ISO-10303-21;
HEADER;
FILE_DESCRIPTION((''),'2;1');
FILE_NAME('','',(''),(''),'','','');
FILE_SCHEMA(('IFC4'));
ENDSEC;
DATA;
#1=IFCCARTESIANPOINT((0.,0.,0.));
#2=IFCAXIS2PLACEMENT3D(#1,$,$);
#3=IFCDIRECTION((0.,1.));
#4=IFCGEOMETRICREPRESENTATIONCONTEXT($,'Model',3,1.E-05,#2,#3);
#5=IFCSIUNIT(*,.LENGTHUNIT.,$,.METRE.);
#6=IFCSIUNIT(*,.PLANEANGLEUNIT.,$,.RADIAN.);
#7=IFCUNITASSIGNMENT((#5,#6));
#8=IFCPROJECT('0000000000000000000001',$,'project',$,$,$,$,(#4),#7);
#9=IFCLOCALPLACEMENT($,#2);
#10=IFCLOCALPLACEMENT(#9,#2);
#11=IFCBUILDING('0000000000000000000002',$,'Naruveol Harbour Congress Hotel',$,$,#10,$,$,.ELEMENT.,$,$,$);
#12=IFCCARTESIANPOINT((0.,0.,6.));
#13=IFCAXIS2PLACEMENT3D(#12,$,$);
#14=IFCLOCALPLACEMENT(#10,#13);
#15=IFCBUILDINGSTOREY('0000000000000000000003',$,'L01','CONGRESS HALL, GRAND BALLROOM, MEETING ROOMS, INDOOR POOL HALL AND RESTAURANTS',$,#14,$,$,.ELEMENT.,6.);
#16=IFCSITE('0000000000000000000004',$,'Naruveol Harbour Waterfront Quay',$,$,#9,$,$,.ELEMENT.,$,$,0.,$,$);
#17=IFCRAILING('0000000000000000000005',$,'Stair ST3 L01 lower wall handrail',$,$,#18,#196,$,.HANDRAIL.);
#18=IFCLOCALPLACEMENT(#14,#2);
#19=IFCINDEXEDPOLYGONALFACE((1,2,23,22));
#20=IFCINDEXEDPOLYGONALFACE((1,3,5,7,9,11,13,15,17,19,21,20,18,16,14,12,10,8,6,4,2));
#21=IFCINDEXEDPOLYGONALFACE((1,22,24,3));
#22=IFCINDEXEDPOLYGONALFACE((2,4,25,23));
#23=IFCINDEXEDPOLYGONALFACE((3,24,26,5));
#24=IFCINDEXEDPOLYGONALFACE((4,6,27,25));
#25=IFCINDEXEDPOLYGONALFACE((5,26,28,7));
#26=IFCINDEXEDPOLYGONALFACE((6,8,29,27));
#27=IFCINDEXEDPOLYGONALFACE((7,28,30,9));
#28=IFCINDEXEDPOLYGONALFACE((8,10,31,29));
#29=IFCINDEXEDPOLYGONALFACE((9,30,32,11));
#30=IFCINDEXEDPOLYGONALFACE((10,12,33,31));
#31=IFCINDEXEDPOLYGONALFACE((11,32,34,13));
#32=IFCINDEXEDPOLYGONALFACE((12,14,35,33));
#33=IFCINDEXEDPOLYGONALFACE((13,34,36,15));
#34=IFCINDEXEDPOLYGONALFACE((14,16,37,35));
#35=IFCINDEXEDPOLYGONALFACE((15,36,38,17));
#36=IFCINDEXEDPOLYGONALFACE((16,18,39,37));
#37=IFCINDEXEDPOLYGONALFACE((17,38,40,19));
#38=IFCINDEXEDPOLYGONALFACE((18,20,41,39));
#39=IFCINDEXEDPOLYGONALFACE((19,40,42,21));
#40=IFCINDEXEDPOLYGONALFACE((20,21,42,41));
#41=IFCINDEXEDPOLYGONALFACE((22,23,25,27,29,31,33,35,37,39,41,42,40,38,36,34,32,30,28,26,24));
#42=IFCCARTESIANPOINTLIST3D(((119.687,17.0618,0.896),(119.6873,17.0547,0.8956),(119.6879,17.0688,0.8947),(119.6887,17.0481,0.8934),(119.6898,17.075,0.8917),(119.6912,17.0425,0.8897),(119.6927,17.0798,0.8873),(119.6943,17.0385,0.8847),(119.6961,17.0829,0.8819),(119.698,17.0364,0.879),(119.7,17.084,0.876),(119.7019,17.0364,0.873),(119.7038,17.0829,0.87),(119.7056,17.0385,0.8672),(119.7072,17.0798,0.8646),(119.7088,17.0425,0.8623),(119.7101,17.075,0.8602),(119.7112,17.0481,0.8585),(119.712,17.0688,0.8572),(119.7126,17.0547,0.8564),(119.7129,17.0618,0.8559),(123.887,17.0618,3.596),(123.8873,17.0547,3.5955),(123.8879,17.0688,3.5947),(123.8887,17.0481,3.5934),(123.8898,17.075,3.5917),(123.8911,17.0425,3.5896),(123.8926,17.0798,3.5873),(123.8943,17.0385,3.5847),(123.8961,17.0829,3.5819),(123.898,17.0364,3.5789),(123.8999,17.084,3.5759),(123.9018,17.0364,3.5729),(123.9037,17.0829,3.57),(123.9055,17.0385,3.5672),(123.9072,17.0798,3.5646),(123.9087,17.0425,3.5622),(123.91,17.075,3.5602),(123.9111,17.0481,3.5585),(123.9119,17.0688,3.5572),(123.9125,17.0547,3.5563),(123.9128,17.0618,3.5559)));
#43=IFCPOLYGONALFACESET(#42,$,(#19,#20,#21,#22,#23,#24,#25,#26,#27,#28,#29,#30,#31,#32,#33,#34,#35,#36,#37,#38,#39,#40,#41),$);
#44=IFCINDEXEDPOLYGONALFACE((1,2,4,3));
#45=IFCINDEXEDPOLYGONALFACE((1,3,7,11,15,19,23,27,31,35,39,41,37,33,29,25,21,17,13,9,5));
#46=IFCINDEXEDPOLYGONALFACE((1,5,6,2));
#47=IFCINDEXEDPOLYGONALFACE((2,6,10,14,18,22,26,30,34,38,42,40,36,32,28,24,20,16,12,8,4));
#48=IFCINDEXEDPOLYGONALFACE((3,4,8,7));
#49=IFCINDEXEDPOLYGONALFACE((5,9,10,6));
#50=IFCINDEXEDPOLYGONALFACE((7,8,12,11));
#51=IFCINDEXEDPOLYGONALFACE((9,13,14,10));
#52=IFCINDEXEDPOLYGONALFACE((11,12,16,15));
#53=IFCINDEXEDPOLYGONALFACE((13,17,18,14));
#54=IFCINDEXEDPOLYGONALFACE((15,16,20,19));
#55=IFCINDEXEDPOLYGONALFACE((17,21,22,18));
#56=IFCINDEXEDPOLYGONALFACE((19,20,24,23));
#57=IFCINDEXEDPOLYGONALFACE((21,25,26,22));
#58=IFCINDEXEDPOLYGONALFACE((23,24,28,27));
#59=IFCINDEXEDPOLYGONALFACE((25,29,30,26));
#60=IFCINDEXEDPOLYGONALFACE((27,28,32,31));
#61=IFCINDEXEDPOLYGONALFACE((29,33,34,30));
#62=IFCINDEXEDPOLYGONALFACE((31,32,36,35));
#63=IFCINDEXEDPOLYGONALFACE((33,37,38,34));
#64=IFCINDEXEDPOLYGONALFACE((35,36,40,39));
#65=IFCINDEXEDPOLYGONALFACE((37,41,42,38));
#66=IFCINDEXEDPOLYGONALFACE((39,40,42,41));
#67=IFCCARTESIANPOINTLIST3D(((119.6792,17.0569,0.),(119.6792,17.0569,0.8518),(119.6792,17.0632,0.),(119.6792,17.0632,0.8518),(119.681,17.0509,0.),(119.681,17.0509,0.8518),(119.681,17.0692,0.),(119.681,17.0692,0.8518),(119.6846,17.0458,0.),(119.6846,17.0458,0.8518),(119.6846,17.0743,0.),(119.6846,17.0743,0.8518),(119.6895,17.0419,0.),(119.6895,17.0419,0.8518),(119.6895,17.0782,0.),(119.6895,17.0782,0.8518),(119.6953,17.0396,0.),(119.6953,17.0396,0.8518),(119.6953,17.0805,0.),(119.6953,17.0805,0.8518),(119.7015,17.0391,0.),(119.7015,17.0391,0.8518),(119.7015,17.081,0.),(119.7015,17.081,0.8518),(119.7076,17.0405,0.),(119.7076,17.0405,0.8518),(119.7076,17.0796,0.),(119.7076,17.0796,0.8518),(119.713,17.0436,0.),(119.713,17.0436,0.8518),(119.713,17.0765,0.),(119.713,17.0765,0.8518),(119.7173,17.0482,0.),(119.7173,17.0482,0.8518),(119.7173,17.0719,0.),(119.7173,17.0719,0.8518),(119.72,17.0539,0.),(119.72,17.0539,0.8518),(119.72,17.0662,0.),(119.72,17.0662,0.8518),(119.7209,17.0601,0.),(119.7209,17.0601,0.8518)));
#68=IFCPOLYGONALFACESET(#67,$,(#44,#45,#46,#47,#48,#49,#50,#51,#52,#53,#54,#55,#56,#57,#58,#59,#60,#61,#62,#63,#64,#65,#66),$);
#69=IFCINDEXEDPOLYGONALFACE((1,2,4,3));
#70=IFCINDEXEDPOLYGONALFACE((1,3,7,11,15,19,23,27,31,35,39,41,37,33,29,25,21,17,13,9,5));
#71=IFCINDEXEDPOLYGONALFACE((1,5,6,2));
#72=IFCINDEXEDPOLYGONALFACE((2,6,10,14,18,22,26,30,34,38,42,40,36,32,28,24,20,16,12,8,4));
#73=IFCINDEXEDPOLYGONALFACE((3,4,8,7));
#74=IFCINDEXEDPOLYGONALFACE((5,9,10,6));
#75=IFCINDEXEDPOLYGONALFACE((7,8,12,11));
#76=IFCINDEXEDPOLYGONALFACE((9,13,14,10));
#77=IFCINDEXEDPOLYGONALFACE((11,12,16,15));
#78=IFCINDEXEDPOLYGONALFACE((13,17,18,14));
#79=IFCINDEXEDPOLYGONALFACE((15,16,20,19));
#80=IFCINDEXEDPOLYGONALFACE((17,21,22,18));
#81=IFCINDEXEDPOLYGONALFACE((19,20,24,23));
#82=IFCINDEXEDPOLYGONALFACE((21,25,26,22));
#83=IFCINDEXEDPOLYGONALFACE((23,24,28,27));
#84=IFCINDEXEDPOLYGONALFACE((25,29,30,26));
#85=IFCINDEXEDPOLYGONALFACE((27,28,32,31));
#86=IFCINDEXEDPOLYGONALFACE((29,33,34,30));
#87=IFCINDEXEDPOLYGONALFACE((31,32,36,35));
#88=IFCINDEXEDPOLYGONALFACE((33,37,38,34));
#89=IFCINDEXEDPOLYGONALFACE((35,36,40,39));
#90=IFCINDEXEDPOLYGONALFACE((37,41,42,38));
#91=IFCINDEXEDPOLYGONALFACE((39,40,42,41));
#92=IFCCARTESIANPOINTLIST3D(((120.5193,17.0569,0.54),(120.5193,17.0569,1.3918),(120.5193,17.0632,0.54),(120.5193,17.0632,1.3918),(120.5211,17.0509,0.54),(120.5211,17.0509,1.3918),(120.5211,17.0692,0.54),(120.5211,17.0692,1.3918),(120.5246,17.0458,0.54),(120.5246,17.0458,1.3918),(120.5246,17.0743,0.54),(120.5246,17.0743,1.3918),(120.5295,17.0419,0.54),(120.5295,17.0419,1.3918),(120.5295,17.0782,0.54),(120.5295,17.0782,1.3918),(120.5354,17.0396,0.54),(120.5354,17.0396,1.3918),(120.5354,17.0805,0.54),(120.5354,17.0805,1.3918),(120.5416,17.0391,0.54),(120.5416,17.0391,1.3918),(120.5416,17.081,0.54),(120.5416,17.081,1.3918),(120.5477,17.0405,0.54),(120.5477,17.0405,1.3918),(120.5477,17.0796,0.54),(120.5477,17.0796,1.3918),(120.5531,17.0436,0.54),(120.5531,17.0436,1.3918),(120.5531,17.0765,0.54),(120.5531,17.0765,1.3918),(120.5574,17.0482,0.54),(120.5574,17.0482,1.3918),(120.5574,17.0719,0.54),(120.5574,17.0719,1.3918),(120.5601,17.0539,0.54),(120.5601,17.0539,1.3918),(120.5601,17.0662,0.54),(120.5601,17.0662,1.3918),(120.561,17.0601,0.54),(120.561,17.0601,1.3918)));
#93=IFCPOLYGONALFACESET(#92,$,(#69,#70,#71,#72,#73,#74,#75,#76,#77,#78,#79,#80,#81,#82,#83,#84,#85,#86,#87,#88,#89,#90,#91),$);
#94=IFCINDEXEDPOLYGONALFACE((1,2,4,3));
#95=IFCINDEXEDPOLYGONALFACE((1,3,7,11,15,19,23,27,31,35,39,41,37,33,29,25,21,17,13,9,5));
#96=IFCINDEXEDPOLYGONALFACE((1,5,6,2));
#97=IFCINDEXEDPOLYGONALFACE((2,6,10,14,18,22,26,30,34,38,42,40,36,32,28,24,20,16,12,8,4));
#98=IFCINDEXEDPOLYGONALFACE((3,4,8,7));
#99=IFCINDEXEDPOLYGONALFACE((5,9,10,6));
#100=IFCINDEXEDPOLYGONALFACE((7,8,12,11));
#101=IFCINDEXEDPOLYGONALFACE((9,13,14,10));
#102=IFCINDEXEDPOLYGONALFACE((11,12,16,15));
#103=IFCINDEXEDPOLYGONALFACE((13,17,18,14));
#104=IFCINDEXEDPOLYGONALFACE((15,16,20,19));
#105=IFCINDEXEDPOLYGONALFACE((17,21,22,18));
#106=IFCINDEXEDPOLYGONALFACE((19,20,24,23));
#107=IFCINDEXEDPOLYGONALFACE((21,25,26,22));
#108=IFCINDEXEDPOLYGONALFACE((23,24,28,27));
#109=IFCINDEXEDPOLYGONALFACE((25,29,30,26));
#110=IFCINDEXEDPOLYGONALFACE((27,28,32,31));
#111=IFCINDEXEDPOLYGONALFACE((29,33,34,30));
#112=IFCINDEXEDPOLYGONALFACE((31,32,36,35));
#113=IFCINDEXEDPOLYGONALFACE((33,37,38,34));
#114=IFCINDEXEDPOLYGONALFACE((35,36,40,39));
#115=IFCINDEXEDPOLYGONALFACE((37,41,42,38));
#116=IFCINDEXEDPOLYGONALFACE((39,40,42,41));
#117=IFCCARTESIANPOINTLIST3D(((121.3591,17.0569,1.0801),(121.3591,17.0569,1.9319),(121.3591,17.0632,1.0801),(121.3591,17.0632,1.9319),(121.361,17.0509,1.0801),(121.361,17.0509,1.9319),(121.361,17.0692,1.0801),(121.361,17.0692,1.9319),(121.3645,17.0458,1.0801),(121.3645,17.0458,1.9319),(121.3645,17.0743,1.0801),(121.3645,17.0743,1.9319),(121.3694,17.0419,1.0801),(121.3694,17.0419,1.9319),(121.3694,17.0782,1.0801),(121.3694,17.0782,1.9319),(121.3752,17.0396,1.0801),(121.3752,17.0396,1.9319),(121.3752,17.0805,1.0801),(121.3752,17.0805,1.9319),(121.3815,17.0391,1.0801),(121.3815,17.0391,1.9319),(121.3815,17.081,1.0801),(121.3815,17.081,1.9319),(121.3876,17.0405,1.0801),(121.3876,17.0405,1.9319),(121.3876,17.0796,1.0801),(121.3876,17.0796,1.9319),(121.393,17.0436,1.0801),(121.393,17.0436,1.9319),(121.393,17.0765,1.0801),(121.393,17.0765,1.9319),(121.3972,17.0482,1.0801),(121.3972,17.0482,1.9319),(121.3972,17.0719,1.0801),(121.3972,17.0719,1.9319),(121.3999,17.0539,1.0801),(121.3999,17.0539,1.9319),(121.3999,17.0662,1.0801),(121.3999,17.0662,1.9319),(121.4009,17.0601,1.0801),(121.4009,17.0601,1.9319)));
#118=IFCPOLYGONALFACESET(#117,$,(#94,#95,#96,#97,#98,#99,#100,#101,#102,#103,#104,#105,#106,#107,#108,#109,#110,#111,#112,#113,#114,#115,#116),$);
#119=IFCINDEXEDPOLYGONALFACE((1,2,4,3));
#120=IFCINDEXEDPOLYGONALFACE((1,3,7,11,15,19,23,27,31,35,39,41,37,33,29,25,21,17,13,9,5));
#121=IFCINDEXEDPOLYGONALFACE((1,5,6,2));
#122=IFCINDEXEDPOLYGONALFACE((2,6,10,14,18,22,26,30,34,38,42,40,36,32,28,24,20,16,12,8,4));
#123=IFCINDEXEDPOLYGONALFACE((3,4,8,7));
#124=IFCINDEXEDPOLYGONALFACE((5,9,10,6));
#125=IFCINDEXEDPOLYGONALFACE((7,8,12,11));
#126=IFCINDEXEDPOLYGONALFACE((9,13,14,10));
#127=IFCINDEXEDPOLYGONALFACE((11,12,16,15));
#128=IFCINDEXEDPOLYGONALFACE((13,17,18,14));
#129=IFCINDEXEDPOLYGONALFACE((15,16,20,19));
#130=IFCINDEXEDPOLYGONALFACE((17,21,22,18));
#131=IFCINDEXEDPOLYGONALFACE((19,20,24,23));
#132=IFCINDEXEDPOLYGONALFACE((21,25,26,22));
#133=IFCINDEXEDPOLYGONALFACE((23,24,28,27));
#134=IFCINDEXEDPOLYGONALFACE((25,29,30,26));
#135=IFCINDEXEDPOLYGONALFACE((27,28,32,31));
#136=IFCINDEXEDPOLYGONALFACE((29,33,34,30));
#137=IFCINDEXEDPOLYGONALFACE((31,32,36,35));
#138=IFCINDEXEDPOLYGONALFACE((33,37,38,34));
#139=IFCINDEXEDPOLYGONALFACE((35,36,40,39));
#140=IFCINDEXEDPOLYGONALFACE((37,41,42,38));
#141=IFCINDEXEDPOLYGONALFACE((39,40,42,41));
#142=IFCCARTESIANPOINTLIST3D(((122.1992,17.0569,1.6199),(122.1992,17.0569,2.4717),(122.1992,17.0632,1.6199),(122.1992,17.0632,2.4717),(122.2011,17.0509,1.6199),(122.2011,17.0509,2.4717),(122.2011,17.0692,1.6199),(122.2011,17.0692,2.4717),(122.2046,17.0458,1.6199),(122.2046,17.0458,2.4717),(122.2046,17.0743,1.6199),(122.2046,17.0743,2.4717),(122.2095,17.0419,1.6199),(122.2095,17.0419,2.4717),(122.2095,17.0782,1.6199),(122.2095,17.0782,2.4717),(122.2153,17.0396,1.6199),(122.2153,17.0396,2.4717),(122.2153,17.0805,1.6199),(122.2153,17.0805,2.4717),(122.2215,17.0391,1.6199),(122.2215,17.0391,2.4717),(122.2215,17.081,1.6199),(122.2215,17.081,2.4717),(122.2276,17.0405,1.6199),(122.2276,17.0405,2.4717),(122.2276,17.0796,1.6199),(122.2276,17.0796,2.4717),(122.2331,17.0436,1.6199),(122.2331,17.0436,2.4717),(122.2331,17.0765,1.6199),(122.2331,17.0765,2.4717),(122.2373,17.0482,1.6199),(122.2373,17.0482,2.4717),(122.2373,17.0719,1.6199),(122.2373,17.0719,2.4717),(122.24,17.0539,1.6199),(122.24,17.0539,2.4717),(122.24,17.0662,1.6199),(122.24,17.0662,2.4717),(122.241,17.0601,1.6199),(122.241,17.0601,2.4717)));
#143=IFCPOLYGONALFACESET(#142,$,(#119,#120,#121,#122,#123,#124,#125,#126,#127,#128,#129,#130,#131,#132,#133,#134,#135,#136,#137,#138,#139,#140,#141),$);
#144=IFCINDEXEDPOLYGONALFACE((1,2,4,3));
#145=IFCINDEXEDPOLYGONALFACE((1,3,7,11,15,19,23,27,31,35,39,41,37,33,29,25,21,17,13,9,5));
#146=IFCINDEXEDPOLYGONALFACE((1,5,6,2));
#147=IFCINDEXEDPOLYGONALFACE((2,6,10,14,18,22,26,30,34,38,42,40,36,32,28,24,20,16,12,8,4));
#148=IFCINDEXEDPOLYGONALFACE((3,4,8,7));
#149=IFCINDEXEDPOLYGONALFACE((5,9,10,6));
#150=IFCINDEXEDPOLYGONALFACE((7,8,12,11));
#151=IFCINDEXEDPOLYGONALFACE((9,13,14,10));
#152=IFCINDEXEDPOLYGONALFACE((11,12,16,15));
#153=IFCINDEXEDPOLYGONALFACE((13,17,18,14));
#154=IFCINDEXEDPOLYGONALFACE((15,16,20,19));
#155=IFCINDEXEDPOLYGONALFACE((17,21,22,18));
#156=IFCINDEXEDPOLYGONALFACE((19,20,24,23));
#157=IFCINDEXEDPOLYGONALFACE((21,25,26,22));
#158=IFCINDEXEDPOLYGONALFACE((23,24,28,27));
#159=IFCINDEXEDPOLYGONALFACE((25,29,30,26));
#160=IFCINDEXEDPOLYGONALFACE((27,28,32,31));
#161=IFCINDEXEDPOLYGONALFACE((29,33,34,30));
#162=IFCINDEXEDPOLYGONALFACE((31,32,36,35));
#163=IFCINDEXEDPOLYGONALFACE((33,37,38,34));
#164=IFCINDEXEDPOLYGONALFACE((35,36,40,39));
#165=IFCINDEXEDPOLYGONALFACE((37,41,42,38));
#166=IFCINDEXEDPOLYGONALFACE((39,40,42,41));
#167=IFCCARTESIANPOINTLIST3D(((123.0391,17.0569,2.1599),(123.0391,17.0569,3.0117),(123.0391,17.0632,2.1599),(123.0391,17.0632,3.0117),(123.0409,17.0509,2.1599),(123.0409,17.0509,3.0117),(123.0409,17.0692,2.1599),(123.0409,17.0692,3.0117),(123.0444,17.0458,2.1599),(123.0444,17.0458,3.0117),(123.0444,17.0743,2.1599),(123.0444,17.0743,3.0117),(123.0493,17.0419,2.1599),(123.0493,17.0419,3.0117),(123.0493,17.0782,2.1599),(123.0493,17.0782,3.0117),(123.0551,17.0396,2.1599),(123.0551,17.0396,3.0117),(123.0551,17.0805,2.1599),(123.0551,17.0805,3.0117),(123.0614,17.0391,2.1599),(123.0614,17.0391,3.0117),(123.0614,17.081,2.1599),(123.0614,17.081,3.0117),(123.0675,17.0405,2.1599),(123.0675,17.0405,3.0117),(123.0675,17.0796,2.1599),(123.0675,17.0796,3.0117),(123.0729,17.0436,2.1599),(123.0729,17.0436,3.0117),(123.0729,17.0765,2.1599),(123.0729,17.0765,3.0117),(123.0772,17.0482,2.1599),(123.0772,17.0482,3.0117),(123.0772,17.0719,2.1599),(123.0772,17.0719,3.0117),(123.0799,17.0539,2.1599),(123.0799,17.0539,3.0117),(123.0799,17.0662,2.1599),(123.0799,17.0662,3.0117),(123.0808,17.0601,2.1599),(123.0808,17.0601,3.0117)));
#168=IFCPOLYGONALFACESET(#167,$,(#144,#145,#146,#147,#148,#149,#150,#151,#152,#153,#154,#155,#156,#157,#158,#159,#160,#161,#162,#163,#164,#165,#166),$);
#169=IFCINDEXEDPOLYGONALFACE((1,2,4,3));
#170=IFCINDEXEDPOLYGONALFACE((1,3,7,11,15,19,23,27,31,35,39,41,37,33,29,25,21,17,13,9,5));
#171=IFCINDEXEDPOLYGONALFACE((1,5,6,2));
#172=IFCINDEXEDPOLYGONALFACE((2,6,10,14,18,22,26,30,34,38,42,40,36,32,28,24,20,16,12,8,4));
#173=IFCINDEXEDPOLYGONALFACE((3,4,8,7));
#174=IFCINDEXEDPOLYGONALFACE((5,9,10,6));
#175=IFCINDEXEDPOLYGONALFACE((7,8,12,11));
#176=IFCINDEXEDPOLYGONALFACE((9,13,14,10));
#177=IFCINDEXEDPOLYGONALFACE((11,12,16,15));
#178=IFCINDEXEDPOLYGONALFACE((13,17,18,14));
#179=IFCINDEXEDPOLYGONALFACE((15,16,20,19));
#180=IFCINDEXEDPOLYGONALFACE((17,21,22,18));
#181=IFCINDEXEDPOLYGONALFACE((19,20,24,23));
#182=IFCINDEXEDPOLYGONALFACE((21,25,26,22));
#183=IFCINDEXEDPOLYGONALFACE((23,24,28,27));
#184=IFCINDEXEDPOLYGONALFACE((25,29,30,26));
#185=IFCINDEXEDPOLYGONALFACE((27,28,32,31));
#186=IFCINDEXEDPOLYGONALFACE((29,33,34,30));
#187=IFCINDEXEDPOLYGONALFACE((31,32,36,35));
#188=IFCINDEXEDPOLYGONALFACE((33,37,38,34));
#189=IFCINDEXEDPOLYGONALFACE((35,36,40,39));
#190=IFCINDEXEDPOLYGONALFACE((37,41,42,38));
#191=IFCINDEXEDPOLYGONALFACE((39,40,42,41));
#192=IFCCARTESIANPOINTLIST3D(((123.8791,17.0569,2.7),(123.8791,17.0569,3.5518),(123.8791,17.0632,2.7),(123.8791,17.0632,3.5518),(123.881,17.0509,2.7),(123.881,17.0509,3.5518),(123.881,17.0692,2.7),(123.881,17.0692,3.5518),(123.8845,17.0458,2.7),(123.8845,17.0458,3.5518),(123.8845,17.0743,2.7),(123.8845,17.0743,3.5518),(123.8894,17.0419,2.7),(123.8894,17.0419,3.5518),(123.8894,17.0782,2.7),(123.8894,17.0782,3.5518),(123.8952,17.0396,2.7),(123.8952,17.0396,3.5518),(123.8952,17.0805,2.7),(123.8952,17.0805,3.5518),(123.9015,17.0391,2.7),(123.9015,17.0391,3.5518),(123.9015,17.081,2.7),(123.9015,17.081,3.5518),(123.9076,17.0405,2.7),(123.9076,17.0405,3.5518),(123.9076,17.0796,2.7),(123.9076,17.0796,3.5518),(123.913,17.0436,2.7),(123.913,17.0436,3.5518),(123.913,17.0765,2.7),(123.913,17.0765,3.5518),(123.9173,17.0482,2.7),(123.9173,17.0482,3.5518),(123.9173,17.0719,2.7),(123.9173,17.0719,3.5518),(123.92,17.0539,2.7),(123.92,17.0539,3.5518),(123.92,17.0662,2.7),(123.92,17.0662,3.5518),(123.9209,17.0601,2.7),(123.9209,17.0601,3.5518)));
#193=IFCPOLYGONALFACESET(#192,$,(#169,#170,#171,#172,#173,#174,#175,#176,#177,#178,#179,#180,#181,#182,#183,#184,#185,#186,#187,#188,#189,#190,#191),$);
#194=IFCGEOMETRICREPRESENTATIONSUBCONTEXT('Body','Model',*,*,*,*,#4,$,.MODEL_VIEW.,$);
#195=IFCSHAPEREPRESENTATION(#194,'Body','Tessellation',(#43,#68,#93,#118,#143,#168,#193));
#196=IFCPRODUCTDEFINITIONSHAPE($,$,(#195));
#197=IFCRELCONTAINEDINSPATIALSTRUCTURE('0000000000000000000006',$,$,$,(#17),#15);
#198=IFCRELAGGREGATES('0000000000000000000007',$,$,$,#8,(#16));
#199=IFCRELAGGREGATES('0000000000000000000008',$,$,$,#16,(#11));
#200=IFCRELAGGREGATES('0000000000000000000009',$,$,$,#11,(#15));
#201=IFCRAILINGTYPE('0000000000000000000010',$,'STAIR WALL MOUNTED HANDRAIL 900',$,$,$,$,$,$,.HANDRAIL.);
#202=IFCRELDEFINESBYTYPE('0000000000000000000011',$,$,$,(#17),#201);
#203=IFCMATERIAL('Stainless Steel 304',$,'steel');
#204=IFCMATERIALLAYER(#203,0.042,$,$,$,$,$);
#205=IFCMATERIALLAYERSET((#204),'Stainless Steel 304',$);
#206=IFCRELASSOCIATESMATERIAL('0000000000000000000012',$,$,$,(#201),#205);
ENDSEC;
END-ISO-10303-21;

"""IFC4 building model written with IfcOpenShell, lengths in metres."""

from ifc_helpers import new_model, si_unit, direction, frame, origin, origin_2d, place, context, subcontext, project, spatial, circle, extrude, material, layer, layer_set, type_object, element, save


model = new_model("IFC4")

# Units and contexts
model_context = context("Model", 3, precision=1e-05, world=origin(), true_north=direction((0.0, 1.0)))
body_context = subcontext(model_context, "Body", "Model", "MODEL_VIEW")
ifc_project = project(units=[si_unit("LENGTHUNIT", "METRE"), si_unit("PLANEANGLEUNIT", "RADIAN")], contexts=[model_context])

# Site, building, storey
site_placement = place(None, origin())
site = spatial("IfcSite", under=ifc_project, at=site_placement, Name="Naruveol Harbour Waterfront Quay", CompositionType="ELEMENT", RefElevation=0.0)
building_placement = place(site_placement, origin())
building = spatial("IfcBuilding", under=site, at=building_placement, Name="Naruveol Harbour Congress Hotel", CompositionType="ELEMENT")
storey_placement = place(building_placement, frame((0.0, 0.0, 6.0)))
storey = spatial("IfcBuildingStorey", under=building, at=storey_placement, Name="L01", Description="CONGRESS HALL, GRAND BALLROOM, MEETING ROOMS, INDOOR POOL HALL AND RESTAURANTS", CompositionType="ELEMENT", Elevation=6.0)

# Railing
ifc_material_1 = material(Name="Stainless Steel 304", Category="steel")
ifc_layer_1 = layer(ifc_material_1, 0.042)
ifc_layer_set_1 = layer_set([ifc_layer_1], Name="Stainless Steel 304")
railing_type_1 = type_object("IfcRailingType", Name="STAIR WALL MOUNTED HANDRAIL 900", PredefinedType="HANDRAIL", material=ifc_layer_set_1)
railing_1_placement = place(storey_placement, frame((119.7, 17.0601, 0.0)))
element("IfcRailing", 1, at=railing_1_placement, inside=storey, type_object=railing_type_1, Name="Stair ST3 L01 lower wall handrail", PredefinedType="HANDRAIL", context=body_context, shape_type="SweptSolid", body=[
    extrude(circle(Radius=0.0239, at=origin_2d()), frame((0.0, 0.0, 0.876), z_axis=(0.84118, 0.0, 0.540755), x_axis=(0.0, 1.0, 0.0)), (0.0, 0.0, 1.0), 4.9929),
    extrude(circle(Radius=0.021, at=origin_2d()), origin(), (0.0, 0.0, 1.0), 0.8518),
    extrude(circle(Radius=0.021, at=origin_2d()), frame((0.8401, 0.0, 0.54)), (0.0, 0.0, 1.0), 0.8518),
    extrude(circle(Radius=0.021, at=origin_2d()), frame((1.6799, 0.0, 1.0801)), (0.0, 0.0, 1.0), 0.8518),
    extrude(circle(Radius=0.021, at=origin_2d()), frame((2.52, 0.0, 1.6199)), (0.0, 0.0, 1.0), 0.8518),
    extrude(circle(Radius=0.021, at=origin_2d()), frame((3.3599, 0.0, 2.1599)), (0.0, 0.0, 1.0), 0.8518),
    extrude(circle(Radius=0.021, at=origin_2d()), frame((4.2, 0.0, 2.7)), (0.0, 0.0, 1.0), 0.8518),
])

save(model, "model.ifc")
